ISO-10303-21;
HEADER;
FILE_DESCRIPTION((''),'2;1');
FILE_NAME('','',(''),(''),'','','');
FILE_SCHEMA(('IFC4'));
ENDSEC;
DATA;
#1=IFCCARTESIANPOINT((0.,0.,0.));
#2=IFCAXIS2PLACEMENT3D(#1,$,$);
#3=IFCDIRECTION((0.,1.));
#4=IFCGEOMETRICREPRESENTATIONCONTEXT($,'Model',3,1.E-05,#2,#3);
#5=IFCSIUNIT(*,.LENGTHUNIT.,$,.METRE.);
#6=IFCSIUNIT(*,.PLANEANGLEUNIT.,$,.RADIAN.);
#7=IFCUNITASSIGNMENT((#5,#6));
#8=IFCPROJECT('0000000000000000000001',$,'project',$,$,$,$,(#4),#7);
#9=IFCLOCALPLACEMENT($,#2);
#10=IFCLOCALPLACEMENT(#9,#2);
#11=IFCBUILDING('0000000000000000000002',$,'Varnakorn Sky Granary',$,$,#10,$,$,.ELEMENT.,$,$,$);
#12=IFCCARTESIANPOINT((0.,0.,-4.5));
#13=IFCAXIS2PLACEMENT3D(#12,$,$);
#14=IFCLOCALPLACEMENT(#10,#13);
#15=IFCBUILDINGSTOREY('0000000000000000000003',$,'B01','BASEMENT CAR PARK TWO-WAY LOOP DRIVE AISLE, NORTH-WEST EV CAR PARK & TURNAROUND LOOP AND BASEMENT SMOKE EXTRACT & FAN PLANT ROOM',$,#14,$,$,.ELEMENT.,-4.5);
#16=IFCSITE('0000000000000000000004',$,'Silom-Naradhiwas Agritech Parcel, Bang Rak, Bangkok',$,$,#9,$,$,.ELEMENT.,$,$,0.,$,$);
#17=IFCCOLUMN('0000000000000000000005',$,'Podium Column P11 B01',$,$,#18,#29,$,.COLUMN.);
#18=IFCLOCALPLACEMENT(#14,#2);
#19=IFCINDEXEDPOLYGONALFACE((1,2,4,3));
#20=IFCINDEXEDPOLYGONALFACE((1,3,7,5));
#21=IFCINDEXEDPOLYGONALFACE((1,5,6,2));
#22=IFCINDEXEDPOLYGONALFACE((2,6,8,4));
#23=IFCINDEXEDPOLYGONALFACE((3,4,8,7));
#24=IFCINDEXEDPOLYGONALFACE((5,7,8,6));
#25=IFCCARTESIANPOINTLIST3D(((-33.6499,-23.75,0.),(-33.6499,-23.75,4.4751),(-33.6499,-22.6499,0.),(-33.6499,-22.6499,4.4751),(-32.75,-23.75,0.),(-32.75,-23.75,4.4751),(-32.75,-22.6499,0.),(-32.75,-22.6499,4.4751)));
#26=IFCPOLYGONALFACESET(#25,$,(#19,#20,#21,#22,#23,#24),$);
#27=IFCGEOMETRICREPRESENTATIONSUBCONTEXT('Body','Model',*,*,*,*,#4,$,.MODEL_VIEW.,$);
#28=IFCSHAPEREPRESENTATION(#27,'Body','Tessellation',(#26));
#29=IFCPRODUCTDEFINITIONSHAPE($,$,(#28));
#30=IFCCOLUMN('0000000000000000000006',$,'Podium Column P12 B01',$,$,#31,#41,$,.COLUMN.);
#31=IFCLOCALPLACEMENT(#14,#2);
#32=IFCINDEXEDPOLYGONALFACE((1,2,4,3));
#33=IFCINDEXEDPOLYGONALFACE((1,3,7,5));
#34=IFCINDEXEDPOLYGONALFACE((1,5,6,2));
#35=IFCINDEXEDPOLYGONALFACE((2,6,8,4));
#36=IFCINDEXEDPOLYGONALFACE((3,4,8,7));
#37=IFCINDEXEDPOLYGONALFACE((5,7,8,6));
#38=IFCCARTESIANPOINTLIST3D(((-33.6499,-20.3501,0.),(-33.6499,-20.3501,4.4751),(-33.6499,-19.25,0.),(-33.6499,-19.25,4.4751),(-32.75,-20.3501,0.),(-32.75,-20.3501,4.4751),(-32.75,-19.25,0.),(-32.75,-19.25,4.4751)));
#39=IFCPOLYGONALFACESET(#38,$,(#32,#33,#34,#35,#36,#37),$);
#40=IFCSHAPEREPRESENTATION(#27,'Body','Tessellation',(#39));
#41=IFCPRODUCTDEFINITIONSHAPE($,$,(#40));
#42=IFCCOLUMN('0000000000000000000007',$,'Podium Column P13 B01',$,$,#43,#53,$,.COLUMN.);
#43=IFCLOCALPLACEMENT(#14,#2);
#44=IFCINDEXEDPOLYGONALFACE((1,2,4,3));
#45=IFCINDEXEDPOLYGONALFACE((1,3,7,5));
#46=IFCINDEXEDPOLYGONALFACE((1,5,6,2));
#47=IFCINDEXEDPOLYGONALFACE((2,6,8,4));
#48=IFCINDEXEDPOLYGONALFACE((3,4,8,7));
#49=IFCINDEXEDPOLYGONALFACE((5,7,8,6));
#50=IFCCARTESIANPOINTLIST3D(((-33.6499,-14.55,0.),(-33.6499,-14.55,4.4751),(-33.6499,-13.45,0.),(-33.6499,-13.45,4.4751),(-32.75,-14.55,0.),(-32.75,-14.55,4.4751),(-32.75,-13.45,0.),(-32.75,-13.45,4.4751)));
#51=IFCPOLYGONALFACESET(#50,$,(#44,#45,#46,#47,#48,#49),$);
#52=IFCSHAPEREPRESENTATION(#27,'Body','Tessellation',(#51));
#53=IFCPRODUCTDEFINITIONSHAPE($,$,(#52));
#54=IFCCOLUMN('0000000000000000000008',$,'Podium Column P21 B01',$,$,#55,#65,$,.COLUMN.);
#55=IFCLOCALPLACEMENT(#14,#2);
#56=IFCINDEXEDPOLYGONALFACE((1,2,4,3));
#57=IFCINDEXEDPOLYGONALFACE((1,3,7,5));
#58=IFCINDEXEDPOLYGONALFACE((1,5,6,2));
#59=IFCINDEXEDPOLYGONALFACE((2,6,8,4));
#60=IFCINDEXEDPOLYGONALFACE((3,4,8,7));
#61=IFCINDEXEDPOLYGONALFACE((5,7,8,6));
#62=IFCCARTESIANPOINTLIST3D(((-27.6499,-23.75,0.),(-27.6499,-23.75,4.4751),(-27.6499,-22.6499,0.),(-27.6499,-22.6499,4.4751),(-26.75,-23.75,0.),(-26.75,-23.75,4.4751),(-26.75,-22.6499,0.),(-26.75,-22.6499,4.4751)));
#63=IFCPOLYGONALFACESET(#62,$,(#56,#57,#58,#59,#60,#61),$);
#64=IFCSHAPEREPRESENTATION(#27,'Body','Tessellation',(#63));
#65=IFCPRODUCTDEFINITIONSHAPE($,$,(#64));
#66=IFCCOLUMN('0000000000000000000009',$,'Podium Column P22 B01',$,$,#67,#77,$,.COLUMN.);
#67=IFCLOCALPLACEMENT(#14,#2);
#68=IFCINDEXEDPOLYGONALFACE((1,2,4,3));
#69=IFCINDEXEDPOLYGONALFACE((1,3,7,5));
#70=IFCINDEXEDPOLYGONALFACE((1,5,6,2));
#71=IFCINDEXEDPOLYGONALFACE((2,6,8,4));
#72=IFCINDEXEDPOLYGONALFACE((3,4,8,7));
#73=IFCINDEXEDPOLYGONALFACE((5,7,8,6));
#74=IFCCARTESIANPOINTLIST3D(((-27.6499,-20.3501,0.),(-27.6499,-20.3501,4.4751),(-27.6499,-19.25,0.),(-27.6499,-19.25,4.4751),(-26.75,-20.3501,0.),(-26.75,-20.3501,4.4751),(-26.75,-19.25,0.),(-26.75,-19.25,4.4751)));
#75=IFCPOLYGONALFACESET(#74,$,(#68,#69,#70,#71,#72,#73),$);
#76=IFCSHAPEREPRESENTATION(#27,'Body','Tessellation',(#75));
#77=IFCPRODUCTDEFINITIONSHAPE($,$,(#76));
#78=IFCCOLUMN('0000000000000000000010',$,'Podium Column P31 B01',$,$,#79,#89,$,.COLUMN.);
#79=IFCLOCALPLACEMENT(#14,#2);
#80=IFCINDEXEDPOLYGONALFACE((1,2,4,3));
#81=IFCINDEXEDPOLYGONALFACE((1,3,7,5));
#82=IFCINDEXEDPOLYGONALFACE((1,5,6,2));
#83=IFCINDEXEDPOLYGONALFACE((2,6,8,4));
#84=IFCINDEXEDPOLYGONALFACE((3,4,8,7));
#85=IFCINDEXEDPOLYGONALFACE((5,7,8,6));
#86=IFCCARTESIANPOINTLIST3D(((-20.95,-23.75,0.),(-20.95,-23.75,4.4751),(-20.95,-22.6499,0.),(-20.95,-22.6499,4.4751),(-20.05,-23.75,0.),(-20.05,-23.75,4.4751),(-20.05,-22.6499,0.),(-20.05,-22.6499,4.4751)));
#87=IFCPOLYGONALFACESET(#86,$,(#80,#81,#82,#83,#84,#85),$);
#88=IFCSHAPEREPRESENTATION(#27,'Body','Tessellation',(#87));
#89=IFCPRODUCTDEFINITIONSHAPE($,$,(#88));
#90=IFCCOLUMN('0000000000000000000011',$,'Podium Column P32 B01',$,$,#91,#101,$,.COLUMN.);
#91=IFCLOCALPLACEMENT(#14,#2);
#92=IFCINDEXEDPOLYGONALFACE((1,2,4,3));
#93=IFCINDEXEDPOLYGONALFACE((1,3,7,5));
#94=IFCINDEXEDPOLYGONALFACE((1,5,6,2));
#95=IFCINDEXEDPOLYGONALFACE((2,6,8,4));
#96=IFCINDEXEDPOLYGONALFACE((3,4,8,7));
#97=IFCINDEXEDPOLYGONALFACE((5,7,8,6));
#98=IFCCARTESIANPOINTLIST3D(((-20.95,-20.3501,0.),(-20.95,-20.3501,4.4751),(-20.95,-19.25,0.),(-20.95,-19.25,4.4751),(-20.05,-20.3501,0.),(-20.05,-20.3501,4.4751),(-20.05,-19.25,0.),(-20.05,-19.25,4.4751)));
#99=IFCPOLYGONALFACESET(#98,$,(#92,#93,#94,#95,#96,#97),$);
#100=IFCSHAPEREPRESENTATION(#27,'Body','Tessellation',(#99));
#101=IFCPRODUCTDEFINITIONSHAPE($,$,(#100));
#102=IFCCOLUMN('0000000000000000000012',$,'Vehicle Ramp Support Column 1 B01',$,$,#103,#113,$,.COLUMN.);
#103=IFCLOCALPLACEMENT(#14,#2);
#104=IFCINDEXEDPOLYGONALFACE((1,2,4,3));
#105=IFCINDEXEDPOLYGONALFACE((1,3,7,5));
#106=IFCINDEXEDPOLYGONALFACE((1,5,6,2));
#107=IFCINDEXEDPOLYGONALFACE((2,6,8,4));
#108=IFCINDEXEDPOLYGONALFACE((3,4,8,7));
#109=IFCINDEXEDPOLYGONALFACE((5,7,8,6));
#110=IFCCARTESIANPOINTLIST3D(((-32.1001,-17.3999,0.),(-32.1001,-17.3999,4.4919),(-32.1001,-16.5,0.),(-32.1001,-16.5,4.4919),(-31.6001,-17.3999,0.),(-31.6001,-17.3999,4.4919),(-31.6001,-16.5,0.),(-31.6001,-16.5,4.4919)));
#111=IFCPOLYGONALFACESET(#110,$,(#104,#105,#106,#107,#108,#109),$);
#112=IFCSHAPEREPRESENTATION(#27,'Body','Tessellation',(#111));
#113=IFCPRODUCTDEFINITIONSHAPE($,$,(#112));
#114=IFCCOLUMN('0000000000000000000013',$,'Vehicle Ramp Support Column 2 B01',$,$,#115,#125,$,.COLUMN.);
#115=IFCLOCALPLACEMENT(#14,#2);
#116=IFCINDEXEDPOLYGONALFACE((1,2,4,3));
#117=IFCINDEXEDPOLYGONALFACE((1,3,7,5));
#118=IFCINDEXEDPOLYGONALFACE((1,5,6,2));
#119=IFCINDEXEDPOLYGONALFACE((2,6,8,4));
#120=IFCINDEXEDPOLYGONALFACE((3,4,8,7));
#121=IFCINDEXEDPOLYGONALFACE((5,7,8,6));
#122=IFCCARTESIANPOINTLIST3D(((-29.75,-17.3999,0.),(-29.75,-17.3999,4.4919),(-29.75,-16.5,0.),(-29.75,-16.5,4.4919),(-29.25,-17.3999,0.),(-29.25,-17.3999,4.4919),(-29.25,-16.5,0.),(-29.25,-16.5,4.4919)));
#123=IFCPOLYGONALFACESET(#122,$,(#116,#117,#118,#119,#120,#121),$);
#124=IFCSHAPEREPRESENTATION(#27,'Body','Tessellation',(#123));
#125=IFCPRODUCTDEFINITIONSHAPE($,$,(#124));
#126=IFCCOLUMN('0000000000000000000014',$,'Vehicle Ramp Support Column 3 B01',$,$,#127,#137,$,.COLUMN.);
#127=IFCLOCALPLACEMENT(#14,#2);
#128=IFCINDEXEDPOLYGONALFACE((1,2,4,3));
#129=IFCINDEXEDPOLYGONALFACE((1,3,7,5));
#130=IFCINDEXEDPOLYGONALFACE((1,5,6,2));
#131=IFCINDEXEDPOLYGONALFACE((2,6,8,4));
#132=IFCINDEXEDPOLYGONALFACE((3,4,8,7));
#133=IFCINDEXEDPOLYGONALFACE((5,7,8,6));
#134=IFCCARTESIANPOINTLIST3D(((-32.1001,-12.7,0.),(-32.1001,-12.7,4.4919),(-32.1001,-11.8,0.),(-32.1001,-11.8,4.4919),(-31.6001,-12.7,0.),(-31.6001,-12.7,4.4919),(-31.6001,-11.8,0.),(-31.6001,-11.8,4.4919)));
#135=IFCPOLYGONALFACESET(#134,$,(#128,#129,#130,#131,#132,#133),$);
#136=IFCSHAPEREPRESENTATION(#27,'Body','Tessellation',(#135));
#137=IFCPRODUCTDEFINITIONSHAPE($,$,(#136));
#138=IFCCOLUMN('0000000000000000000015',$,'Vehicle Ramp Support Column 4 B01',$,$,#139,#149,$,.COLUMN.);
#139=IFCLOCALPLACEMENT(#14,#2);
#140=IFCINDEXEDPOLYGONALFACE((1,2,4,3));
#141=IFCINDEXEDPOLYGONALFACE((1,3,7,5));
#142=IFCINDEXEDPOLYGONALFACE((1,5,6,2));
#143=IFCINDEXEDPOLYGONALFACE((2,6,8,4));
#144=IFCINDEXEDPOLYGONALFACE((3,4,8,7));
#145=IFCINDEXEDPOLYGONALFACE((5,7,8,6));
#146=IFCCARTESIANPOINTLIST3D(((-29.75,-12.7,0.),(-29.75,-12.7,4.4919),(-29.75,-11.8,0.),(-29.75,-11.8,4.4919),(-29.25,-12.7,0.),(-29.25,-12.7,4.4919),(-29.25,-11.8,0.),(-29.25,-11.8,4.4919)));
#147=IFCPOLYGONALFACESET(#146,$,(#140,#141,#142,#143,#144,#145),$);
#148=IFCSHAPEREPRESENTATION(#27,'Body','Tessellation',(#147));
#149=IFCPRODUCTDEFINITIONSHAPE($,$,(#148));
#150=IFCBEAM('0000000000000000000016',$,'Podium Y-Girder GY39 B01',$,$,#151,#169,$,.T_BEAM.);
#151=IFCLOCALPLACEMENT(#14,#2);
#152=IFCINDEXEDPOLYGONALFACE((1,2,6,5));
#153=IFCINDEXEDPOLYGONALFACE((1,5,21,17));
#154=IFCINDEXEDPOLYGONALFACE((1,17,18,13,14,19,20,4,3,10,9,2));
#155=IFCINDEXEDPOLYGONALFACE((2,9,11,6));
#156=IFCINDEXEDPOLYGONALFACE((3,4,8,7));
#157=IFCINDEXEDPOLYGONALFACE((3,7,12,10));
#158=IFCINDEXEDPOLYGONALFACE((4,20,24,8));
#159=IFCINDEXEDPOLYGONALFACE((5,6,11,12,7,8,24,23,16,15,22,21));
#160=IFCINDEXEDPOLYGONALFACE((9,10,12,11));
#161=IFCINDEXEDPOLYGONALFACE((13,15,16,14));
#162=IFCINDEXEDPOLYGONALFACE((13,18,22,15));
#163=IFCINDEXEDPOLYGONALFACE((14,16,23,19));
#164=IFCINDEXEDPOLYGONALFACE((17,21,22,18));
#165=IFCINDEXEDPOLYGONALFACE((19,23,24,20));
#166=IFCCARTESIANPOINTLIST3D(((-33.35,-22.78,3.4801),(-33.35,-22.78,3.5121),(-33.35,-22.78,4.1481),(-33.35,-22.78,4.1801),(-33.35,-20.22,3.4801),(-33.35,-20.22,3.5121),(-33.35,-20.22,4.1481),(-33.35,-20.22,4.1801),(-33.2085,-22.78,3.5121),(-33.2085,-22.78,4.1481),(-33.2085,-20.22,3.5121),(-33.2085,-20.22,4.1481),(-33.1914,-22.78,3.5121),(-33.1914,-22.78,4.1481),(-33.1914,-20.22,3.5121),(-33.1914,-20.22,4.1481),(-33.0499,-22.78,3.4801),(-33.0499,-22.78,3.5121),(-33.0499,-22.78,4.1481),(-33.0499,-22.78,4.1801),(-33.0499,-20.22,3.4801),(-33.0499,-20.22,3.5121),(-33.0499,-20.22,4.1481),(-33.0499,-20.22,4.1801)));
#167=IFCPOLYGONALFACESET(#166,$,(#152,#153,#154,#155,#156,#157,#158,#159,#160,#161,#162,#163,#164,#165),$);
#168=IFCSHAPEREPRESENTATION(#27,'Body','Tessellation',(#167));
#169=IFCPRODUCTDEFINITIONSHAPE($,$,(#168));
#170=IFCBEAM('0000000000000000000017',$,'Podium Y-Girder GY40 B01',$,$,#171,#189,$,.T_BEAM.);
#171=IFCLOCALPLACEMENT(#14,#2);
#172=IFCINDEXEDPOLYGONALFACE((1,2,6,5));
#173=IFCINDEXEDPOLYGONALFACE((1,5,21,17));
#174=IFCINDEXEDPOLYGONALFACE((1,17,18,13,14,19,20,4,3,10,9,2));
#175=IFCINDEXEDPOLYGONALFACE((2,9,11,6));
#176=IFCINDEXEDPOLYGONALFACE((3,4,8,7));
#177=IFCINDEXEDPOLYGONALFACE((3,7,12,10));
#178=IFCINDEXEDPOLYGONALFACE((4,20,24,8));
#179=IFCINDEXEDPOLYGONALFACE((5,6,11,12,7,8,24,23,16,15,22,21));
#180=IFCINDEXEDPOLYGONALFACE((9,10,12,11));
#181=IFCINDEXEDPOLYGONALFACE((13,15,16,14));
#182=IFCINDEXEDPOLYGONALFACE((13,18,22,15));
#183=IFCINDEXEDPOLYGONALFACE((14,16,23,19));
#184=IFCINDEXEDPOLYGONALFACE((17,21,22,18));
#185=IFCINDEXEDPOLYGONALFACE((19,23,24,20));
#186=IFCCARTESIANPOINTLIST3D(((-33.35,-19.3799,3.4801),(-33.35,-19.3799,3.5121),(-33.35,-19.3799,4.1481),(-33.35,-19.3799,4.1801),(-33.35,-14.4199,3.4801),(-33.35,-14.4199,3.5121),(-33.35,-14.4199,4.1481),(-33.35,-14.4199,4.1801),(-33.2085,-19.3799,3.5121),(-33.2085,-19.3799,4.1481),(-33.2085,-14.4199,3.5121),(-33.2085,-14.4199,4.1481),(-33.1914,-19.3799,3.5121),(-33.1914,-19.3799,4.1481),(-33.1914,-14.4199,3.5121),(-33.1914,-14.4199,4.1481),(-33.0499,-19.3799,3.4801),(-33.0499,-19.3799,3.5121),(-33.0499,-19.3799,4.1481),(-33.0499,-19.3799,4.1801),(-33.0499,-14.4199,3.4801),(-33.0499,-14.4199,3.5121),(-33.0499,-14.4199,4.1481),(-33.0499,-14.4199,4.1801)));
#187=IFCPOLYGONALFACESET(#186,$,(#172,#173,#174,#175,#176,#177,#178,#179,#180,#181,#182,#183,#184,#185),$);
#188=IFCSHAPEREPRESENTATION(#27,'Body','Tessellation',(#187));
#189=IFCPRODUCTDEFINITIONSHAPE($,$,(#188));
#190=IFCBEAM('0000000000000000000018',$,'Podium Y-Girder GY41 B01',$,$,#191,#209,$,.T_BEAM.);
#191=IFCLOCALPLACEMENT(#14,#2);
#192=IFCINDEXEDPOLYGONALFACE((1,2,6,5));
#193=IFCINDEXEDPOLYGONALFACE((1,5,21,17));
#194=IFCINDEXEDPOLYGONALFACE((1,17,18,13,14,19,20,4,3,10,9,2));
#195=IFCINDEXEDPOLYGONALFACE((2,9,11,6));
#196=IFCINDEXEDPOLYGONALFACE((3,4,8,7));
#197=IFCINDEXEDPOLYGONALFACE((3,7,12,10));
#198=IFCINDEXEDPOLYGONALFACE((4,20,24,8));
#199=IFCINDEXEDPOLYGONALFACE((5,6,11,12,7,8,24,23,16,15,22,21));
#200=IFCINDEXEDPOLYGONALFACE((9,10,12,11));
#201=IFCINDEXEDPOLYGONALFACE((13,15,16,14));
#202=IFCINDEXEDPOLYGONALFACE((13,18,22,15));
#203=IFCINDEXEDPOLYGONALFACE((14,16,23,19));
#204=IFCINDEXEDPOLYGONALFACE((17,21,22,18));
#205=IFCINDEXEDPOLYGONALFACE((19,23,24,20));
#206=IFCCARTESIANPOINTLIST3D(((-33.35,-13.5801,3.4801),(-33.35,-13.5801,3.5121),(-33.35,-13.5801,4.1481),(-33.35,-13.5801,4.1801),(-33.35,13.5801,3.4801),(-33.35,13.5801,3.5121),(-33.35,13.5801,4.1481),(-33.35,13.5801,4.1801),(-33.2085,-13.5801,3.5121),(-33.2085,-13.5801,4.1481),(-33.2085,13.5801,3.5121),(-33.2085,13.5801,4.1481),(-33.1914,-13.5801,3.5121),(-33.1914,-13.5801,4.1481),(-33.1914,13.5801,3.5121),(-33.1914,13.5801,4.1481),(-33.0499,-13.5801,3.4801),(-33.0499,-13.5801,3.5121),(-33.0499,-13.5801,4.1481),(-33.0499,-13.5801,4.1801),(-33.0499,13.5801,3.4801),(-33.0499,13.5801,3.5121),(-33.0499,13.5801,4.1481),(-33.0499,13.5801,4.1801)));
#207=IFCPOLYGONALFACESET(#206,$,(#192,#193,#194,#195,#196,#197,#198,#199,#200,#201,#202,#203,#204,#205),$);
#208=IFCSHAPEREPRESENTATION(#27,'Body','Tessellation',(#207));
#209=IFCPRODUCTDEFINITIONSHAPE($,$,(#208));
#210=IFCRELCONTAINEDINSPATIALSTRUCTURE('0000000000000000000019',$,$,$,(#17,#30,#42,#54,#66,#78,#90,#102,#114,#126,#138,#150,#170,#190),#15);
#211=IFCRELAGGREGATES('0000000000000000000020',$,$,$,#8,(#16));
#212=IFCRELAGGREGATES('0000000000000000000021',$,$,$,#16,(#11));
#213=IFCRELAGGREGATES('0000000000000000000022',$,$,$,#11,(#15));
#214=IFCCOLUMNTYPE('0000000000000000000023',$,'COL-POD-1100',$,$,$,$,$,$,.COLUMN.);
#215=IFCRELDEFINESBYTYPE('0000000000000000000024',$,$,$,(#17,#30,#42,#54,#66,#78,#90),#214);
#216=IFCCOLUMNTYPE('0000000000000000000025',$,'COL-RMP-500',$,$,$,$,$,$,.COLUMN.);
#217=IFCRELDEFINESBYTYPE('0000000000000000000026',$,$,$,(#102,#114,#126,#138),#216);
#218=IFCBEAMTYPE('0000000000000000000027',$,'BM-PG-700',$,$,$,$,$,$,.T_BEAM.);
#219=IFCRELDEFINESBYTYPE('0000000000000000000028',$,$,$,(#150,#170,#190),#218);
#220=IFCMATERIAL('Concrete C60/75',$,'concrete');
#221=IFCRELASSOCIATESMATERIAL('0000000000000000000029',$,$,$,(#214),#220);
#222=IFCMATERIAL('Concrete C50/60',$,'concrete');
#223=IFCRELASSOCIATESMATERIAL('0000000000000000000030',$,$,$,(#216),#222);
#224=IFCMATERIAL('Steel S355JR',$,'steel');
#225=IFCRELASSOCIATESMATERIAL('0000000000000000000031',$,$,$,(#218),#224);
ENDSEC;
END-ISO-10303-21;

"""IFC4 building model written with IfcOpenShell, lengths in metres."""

from ifc_helpers import new_model, si_unit, direction, frame, origin, origin_2d, place, context, subcontext, project, spatial, rectangle, i_section, extrude, material, material_profile, profile_set, type_object, element, save


model = new_model("IFC4")

# Units and contexts
model_context = context("Model", 3, precision=1e-05, world=origin(), true_north=direction((0.0, 1.0)))
body_context = subcontext(model_context, "Body", "Model", "MODEL_VIEW")
ifc_project = project(units=[si_unit("LENGTHUNIT", "METRE"), si_unit("PLANEANGLEUNIT", "RADIAN")], contexts=[model_context])

# Site, building, storey
site_placement = place(None, origin())
site = spatial("IfcSite", under=ifc_project, at=site_placement, Name="Silom-Naradhiwas Agritech Parcel, Bang Rak, Bangkok", CompositionType="ELEMENT", RefElevation=0.0)
building_placement = place(site_placement, origin())
building = spatial("IfcBuilding", under=site, at=building_placement, Name="Varnakorn Sky Granary", CompositionType="ELEMENT")
storey_placement = place(building_placement, frame((0.0, 0.0, -4.5)))
storey = spatial("IfcBuildingStorey", under=building, at=storey_placement, Name="B01", Description="BASEMENT CAR PARK TWO-WAY LOOP DRIVE AISLE, NORTH-WEST EV CAR PARK & TURNAROUND LOOP AND BASEMENT SMOKE EXTRACT & FAN PLANT ROOM", CompositionType="ELEMENT", Elevation=-4.5)

# Columns
ifc_material_1 = material(Name="Concrete C60/75", Category="concrete")
ifc_material_profile_1 = material_profile(ifc_material_1, rectangle(XDim=0.8999, YDim=1.1001, at=origin_2d()), Name="RC 900x1100")
ifc_profile_set_1 = profile_set([ifc_material_profile_1], Name="Concrete C60/75")
column_type_1 = type_object("IfcColumnType", Name="COL-POD-1100", PredefinedType="COLUMN", material=ifc_profile_set_1)
for number, where, z_axis, x_axis, name in (
    (1, (-33.2, -23.2, 0.0), (0.0, 0.0, 1.0), (1.0, 0.0, 0.0), "Podium Column P11 B01"),
    (2, (-33.2, -19.8, 0.0), (0.0, 0.0, 1.0), (1.0, 0.0, 0.0), "Podium Column P12 B01"),
    (3, (-33.2, -14.0, 0.0), (0.0, 0.0, 1.0), (1.0, 0.0, 0.0), "Podium Column P13 B01"),
    (4, (-27.2, -23.2, 0.0), (0.0, 0.0, 1.0), (1.0, 0.0, 0.0), "Podium Column P21 B01"),
    (5, (-27.2, -19.8, 0.0), (0.0, 0.0, 1.0), (1.0, 0.0, 0.0), "Podium Column P22 B01"),
    (6, (-20.5, -23.2, 0.0), (0.0, 0.0, 1.0), (1.0, 0.0, 0.0), "Podium Column P31 B01"),
    (7, (-20.5, -19.8, 0.0), (0.0, 0.0, 1.0), (1.0, 0.0, 0.0), "Podium Column P32 B01"),
):
    element("IfcColumn", number, at=place(storey_placement, frame(where, z_axis=z_axis, x_axis=x_axis)), inside=storey, type_object=column_type_1, Name=name, PredefinedType="COLUMN", context=body_context, shape_type="SweptSolid", body=[
        extrude(rectangle(XDim=0.8999, YDim=1.1001, at=origin_2d()), origin(), (0.0, 0.0, 1.0), 4.4751),
    ])
ifc_material_2 = material(Name="Concrete C50/60", Category="concrete")
ifc_material_profile_2 = material_profile(ifc_material_2, rectangle(XDim=0.5, YDim=0.8999, at=origin_2d()), Name="RC 500x900")
ifc_profile_set_2 = profile_set([ifc_material_profile_2], Name="Concrete C50/60")
column_type_2 = type_object("IfcColumnType", Name="COL-RMP-500", PredefinedType="COLUMN", material=ifc_profile_set_2)
for number, where, z_axis, x_axis, name in (
    (8, (-31.8501, -16.95, 0.0), (0.0, 0.0, 1.0), (1.0, 0.0, 0.0), "Vehicle Ramp Support Column 1 B01"),
    (9, (-29.5, -16.95, 0.0), (0.0, 0.0, 1.0), (1.0, 0.0, 0.0), "Vehicle Ramp Support Column 2 B01"),
    (10, (-31.8501, -12.25, 0.0), (0.0, 0.0, 1.0), (1.0, 0.0, 0.0), "Vehicle Ramp Support Column 3 B01"),
    (11, (-29.5, -12.25, 0.0), (0.0, 0.0, 1.0), (1.0, 0.0, 0.0), "Vehicle Ramp Support Column 4 B01"),
):
    element("IfcColumn", number, at=place(storey_placement, frame(where, z_axis=z_axis, x_axis=x_axis)), inside=storey, type_object=column_type_2, Name=name, PredefinedType="COLUMN", context=body_context, shape_type="SweptSolid", body=[
        extrude(rectangle(XDim=0.5, YDim=0.8999, at=origin_2d()), origin(), (0.0, 0.0, 1.0), 4.4919),
    ])

# Beams
ifc_material_3 = material(Name="Steel S355JR", Category="steel")
ifc_material_profile_3 = material_profile(ifc_material_3, i_section(OverallWidth=0.3, OverallDepth=0.7, WebThickness=0.0171, FlangeThickness=0.032, at=origin_2d()), Name="HE 700 B")
ifc_profile_set_3 = profile_set([ifc_material_profile_3], Name="Steel S355JR")
beam_type_1 = type_object("IfcBeamType", Name="BM-PG-700", PredefinedType="T_BEAM", material=ifc_profile_set_3)
beam_1_placement = place(storey_placement, frame((-33.2, -22.78, 3.8301), z_axis=(0.0, 1.0, 0.0), x_axis=(-1.0, 0.0, 0.0)))
element("IfcBeam", 12, at=beam_1_placement, inside=storey, type_object=beam_type_1, Name="Podium Y-Girder GY39 B01", PredefinedType="T_BEAM", context=body_context, shape_type="SweptSolid", body=[
    extrude(i_section(OverallWidth=0.3, OverallDepth=0.7, WebThickness=0.0171, FlangeThickness=0.032, at=origin_2d()), origin(), (0.0, 0.0, 1.0), 2.5601),
])
beam_2_placement = place(storey_placement, frame((-33.2, -19.3799, 3.8301), z_axis=(0.0, 1.0, 0.0), x_axis=(-1.0, 0.0, 0.0)))
element("IfcBeam", 13, at=beam_2_placement, inside=storey, type_object=beam_type_1, Name="Podium Y-Girder GY40 B01", PredefinedType="T_BEAM", context=body_context, shape_type="SweptSolid", body=[
    extrude(i_section(OverallWidth=0.3, OverallDepth=0.7, WebThickness=0.0171, FlangeThickness=0.032, at=origin_2d()), origin(), (0.0, 0.0, 1.0), 4.96),
])
beam_3_placement = place(storey_placement, frame((-33.2, -13.5801, 3.8301), z_axis=(0.0, 1.0, 0.0), x_axis=(-1.0, 0.0, 0.0)))
element("IfcBeam", 14, at=beam_3_placement, inside=storey, type_object=beam_type_1, Name="Podium Y-Girder GY41 B01", PredefinedType="T_BEAM", context=body_context, shape_type="SweptSolid", body=[
    extrude(i_section(OverallWidth=0.3, OverallDepth=0.7, WebThickness=0.0171, FlangeThickness=0.032, at=origin_2d()), origin(), (0.0, 0.0, 1.0), 27.1602),
])

save(model, "model.ifc")
